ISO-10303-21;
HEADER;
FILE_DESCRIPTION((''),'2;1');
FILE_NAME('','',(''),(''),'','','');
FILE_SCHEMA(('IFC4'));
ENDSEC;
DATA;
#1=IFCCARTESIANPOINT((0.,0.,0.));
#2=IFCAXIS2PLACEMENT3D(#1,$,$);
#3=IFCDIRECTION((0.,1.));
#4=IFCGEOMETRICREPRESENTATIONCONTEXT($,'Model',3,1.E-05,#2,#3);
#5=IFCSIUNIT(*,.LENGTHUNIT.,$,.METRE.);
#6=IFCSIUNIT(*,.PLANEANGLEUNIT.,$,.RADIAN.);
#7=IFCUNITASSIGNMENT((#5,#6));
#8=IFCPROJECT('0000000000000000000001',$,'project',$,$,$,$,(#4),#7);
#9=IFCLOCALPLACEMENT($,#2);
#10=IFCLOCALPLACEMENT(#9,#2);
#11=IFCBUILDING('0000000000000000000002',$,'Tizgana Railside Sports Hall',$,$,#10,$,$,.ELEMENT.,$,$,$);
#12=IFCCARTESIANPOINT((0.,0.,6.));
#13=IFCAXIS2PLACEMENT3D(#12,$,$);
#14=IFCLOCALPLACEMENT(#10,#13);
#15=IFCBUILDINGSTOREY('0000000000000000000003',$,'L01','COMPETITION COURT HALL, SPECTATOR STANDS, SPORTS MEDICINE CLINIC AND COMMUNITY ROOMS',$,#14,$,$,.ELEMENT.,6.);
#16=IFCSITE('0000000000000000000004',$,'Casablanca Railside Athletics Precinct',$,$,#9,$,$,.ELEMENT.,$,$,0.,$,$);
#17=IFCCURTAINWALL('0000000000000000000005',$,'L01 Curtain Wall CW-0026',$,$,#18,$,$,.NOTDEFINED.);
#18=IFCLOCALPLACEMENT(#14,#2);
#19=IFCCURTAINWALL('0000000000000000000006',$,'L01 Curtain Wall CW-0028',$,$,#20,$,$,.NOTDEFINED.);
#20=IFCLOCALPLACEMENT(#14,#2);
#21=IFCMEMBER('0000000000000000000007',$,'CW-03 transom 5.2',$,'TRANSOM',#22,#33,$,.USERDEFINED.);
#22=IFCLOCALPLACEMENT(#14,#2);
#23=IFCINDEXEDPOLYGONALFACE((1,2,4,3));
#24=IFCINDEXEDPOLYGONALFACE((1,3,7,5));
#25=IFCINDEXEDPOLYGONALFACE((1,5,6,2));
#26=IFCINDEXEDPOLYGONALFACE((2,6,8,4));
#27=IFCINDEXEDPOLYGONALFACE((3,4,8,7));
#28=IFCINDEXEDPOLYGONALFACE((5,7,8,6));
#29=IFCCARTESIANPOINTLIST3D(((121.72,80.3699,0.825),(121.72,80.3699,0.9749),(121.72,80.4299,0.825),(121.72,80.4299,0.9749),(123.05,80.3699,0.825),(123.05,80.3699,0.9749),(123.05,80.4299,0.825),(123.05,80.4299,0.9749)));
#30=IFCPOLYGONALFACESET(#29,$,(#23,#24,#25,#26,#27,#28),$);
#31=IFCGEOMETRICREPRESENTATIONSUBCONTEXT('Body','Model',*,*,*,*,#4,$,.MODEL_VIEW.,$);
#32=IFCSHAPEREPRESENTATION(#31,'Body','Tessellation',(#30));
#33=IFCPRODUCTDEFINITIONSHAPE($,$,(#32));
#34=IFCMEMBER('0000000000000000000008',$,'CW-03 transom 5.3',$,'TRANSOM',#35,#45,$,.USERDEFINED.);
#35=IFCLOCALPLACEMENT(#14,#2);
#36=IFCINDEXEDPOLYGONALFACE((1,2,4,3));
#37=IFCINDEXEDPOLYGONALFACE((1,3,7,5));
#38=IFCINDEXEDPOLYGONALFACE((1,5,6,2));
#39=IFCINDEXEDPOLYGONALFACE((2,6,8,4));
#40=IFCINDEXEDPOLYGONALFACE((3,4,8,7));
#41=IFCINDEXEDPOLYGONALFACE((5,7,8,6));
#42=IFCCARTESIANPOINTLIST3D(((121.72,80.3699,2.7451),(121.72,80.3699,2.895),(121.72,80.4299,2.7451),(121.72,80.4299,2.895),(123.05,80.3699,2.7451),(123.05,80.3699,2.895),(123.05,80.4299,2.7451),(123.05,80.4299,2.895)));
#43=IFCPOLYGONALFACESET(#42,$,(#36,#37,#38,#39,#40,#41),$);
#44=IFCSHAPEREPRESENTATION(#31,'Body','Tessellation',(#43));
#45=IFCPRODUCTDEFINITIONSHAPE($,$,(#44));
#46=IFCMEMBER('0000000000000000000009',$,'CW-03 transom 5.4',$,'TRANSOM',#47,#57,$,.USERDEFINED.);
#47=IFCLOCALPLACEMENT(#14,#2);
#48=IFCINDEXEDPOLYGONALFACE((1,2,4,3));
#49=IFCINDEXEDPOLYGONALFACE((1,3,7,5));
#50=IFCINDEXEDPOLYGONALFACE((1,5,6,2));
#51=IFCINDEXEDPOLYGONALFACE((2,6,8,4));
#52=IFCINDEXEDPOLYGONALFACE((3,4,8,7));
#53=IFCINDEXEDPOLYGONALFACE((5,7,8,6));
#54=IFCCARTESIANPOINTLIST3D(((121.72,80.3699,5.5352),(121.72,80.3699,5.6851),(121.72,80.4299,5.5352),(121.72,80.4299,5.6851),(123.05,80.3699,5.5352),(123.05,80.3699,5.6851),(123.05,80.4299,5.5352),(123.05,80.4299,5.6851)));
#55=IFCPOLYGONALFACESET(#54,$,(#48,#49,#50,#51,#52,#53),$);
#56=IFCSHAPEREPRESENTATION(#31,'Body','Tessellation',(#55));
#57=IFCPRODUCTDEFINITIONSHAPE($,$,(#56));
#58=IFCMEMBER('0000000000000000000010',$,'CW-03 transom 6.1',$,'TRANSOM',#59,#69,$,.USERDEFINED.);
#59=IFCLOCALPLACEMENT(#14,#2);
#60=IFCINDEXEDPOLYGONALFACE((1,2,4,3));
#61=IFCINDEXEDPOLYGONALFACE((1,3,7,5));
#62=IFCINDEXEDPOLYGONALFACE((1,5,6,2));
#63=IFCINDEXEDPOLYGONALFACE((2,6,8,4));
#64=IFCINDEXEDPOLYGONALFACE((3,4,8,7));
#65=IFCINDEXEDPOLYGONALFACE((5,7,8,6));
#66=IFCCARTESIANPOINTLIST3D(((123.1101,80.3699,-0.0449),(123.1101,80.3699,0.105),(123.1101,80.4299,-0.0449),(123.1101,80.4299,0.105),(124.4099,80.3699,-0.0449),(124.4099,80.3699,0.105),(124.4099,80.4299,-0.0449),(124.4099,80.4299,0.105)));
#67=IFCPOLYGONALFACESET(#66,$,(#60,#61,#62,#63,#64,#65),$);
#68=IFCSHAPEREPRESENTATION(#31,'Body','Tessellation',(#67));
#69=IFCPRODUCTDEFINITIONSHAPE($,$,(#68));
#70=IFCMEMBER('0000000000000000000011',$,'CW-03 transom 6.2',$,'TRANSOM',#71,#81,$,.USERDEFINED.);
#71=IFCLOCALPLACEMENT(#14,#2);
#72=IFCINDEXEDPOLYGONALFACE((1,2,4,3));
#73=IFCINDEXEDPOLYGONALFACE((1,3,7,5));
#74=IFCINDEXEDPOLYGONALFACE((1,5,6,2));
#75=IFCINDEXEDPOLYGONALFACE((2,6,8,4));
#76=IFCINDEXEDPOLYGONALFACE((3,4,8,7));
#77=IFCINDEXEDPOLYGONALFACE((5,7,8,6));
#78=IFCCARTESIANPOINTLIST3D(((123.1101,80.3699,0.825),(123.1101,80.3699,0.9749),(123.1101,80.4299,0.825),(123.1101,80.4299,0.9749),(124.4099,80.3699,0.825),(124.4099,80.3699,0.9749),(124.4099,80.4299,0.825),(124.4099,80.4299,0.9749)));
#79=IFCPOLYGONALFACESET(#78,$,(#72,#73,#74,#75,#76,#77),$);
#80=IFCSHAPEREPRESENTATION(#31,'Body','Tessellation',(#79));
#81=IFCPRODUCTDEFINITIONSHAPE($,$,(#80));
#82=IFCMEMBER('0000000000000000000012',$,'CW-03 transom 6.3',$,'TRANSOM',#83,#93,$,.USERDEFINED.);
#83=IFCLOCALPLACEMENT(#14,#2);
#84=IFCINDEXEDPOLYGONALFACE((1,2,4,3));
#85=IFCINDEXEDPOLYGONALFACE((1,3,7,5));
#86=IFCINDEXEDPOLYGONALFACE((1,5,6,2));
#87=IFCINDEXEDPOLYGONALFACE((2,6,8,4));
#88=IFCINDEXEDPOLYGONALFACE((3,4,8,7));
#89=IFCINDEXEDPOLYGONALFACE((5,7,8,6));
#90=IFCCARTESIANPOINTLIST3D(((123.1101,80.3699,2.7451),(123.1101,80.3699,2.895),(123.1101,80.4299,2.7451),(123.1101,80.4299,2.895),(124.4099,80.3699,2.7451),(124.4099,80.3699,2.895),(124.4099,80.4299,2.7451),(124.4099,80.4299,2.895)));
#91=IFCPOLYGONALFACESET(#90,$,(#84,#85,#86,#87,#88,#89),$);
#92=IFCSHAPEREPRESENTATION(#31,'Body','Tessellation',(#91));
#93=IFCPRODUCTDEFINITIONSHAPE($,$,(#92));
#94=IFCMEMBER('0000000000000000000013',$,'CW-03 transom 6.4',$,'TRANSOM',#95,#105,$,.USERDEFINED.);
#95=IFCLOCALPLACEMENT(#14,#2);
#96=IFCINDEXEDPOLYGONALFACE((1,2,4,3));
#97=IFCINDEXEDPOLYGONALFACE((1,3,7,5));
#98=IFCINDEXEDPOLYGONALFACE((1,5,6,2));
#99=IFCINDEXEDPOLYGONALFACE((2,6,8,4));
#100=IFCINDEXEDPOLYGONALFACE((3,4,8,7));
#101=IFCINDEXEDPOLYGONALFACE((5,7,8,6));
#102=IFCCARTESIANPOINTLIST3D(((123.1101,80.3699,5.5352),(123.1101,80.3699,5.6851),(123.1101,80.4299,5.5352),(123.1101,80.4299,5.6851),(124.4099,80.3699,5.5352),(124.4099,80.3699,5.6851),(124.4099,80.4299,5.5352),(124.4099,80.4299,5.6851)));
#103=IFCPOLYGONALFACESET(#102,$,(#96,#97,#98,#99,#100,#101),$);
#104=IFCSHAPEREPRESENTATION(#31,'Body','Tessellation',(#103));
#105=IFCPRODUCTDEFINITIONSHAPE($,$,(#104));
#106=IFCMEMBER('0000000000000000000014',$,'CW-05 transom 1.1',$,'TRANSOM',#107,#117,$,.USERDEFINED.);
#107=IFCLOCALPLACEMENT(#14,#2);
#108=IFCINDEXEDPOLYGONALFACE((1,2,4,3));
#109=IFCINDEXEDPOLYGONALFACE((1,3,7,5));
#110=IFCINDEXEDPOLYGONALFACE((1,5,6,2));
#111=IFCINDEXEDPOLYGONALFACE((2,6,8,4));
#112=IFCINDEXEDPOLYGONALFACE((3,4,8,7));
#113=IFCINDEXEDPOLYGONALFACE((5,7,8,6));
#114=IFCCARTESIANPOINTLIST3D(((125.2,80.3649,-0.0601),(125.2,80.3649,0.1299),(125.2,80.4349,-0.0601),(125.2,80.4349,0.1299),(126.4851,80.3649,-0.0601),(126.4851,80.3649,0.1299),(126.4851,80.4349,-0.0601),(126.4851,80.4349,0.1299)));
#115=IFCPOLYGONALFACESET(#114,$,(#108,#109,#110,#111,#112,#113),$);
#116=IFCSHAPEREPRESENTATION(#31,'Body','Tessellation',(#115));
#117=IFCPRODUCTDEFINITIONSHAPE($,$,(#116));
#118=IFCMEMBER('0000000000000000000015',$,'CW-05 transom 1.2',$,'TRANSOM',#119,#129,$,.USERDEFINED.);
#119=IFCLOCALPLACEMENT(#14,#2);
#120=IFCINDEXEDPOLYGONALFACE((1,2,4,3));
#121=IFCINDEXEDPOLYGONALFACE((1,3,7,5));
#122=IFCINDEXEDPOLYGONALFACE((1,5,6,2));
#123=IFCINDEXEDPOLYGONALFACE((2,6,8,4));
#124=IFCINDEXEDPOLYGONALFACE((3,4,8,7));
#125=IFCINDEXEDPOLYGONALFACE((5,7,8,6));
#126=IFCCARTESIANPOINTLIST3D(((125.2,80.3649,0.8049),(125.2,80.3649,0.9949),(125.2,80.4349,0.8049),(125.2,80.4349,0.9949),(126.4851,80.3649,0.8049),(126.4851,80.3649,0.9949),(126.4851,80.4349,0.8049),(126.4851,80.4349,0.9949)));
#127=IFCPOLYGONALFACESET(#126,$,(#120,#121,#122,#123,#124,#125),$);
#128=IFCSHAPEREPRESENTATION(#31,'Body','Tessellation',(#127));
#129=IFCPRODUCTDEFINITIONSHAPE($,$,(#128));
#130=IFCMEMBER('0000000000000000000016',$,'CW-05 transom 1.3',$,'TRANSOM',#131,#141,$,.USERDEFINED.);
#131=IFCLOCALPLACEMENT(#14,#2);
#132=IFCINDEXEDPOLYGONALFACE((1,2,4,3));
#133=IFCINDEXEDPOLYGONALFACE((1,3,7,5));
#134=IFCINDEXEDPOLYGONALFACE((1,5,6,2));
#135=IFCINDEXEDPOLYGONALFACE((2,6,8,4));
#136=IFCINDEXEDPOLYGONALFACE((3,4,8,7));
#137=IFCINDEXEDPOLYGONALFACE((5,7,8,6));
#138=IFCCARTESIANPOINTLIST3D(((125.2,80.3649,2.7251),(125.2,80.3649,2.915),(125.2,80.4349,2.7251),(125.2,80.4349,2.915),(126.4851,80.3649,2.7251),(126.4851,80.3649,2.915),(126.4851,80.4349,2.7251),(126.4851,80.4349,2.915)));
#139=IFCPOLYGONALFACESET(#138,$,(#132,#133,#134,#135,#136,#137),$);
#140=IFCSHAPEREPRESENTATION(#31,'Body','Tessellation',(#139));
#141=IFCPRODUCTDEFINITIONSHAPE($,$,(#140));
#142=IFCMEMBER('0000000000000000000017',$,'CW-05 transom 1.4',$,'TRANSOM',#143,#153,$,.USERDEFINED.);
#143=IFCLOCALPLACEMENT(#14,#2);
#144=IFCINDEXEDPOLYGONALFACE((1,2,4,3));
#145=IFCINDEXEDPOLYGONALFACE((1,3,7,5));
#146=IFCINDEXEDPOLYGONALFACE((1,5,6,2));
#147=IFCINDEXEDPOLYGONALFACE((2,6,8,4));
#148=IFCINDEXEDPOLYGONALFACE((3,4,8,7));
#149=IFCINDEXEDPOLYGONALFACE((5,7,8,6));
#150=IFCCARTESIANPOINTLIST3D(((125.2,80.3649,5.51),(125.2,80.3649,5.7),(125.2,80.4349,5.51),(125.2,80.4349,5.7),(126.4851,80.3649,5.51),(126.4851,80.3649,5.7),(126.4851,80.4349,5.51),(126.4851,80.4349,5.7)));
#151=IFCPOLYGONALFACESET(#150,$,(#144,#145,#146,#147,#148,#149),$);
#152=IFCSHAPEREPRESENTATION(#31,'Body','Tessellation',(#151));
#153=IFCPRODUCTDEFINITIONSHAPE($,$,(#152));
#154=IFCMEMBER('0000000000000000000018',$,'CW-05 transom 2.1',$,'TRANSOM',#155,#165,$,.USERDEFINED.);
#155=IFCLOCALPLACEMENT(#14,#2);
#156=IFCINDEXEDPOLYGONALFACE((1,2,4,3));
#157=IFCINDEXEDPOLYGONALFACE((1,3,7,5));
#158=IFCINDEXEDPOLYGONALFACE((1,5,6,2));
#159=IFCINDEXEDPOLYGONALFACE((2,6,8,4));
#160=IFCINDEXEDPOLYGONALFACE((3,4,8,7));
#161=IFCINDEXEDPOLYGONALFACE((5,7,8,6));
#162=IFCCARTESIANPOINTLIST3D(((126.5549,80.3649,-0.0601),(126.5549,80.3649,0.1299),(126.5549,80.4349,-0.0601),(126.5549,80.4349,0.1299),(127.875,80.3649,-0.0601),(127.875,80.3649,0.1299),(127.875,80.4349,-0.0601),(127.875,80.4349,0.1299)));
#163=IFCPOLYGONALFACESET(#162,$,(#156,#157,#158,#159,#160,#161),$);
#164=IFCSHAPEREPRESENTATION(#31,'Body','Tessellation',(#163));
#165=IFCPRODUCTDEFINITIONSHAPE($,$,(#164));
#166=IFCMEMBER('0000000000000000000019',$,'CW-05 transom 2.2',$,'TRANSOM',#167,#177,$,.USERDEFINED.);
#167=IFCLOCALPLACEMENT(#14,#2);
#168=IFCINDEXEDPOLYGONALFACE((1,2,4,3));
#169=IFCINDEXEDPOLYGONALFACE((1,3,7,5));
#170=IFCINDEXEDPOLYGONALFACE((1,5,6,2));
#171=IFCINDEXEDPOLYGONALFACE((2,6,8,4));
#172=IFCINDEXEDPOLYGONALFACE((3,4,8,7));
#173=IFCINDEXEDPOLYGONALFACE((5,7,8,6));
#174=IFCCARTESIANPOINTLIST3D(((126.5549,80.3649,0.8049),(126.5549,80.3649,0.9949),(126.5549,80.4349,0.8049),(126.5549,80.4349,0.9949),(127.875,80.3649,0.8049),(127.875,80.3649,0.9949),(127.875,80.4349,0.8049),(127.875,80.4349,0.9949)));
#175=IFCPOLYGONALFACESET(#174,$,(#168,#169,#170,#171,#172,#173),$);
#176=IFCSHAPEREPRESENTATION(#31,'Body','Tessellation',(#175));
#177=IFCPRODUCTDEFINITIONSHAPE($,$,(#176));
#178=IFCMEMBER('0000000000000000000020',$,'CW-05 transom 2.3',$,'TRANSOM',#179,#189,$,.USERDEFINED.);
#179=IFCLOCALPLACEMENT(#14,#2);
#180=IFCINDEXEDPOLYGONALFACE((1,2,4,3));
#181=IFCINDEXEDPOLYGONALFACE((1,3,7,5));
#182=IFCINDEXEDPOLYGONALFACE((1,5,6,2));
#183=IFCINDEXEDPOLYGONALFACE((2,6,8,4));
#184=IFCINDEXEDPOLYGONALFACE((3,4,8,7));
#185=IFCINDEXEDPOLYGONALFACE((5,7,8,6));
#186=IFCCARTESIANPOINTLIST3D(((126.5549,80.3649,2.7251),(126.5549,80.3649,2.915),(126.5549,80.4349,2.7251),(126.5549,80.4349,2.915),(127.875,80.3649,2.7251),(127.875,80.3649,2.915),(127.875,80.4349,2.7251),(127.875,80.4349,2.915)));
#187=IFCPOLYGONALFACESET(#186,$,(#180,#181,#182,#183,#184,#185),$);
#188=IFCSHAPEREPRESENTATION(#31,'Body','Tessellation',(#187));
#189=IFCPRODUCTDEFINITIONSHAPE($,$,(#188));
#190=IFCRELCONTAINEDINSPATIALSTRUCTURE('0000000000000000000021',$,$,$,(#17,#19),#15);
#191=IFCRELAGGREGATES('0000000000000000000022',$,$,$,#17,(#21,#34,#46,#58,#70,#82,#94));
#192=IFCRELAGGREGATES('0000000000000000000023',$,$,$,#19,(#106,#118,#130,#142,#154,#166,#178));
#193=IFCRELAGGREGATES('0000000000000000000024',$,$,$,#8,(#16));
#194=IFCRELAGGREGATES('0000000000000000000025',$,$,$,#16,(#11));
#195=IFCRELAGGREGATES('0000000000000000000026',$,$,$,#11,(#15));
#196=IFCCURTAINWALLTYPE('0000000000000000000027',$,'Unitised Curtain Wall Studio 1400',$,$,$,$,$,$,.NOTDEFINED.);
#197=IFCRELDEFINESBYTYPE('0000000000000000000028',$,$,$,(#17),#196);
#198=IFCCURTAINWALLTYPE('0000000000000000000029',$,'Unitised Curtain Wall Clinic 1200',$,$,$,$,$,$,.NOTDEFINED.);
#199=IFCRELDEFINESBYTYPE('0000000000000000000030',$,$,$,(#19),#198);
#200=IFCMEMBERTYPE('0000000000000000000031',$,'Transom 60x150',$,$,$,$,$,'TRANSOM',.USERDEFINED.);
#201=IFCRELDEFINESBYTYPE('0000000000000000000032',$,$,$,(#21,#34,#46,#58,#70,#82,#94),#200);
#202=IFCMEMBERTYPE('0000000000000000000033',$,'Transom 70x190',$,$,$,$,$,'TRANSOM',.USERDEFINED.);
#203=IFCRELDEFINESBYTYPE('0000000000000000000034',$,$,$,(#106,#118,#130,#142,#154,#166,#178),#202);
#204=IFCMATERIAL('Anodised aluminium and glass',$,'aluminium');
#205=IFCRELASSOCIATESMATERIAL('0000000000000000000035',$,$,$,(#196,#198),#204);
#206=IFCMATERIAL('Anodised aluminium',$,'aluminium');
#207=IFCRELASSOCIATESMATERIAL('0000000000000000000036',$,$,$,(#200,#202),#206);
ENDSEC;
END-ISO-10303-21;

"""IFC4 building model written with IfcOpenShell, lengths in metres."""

from ifc_helpers import new_model, si_unit, direction, frame, origin, origin_2d, place, context, subcontext, project, spatial, rectangle, extrude, material, material_profile, profile_set, type_object, element, aggregate, save


model = new_model("IFC4")

# Units and contexts
model_context = context("Model", 3, precision=1e-05, world=origin(), true_north=direction((0.0, 1.0)))
body_context = subcontext(model_context, "Body", "Model", "MODEL_VIEW")
ifc_project = project(units=[si_unit("LENGTHUNIT", "METRE"), si_unit("PLANEANGLEUNIT", "RADIAN")], contexts=[model_context])

# Site, building, storey
site_placement = place(None, origin())
site = spatial("IfcSite", under=ifc_project, at=site_placement, Name="Casablanca Railside Athletics Precinct", CompositionType="ELEMENT", RefElevation=0.0)
building_placement = place(site_placement, origin())
building = spatial("IfcBuilding", under=site, at=building_placement, Name="Tizgana Railside Sports Hall", CompositionType="ELEMENT")
storey_placement = place(building_placement, frame((0.0, 0.0, 6.0)))
storey = spatial("IfcBuildingStorey", under=building, at=storey_placement, Name="L01", Description="COMPETITION COURT HALL, SPECTATOR STANDS, SPORTS MEDICINE CLINIC AND COMMUNITY ROOMS", CompositionType="ELEMENT", Elevation=6.0)

# Curtain walls
ifc_material_1 = material(Name="Anodised aluminium and glass", Category="aluminium")
curtain_wall_type_1 = type_object("IfcCurtainWallType", Name="Unitised Curtain Wall Studio 1400", PredefinedType="NOTDEFINED", material=ifc_material_1)
curtain_wall_1_placement = place(storey_placement, origin())
curtain_wall_1 = element("IfcCurtainWall", 1, at=curtain_wall_1_placement, inside=storey, type_object=curtain_wall_type_1, Name="L01 Curtain Wall CW-0026", PredefinedType="NOTDEFINED")
ifc_material_2 = material(Name="Anodised aluminium", Category="aluminium")
curtain_wall_type_2 = type_object("IfcCurtainWallType", Name="Unitised Curtain Wall Clinic 1200", PredefinedType="NOTDEFINED", material=ifc_material_1)
curtain_wall_2_placement = place(storey_placement, origin())
curtain_wall_2 = element("IfcCurtainWall", 2, at=curtain_wall_2_placement, inside=storey, type_object=curtain_wall_type_2, Name="L01 Curtain Wall CW-0028", PredefinedType="NOTDEFINED")

# Members
ifc_material_profile_1 = material_profile(ifc_material_2, rectangle(XDim=0.0601, YDim=0.1499, at=origin_2d()), Name="Transom 60x150")
ifc_profile_set_1 = profile_set([ifc_material_profile_1], Name="Anodised aluminium")
member_type_1 = type_object("IfcMemberType", Name="Transom 60x150", ElementType="TRANSOM", PredefinedType="USERDEFINED", material=ifc_profile_set_1)
member_1_placement = place(storey_placement, frame((121.72, 80.3999, 0.8999), z_axis=(1.0, 0.0, 0.0), x_axis=(0.0, 1.0, 0.0)))
member_1 = element("IfcMember", 3, at=member_1_placement, type_object=member_type_1, Name="CW-03 transom 5.2", ObjectType="TRANSOM", PredefinedType="USERDEFINED", context=body_context, shape_type="SweptSolid", body=[
    extrude(rectangle(XDim=0.0601, YDim=0.1499, at=origin_2d()), origin(), (0.0, 0.0, 1.0), 1.3301),
])
member_2_placement = place(storey_placement, frame((121.72, 80.3999, 2.8201), z_axis=(1.0, 0.0, 0.0), x_axis=(0.0, 1.0, 0.0)))
member_2 = element("IfcMember", 4, at=member_2_placement, type_object=member_type_1, Name="CW-03 transom 5.3", ObjectType="TRANSOM", PredefinedType="USERDEFINED", context=body_context, shape_type="SweptSolid", body=[
    extrude(rectangle(XDim=0.0601, YDim=0.1499, at=origin_2d()), origin(), (0.0, 0.0, 1.0), 1.3301),
])
member_3_placement = place(storey_placement, frame((121.72, 80.3999, 5.6101), z_axis=(1.0, 0.0, 0.0), x_axis=(0.0, 1.0, 0.0)))
member_3 = element("IfcMember", 5, at=member_3_placement, type_object=member_type_1, Name="CW-03 transom 5.4", ObjectType="TRANSOM", PredefinedType="USERDEFINED", context=body_context, shape_type="SweptSolid", body=[
    extrude(rectangle(XDim=0.0601, YDim=0.1499, at=origin_2d()), origin(), (0.0, 0.0, 1.0), 1.3301),
])
member_4_placement = place(storey_placement, frame((123.1101, 80.3999, 0.03), z_axis=(1.0, 0.0, 0.0), x_axis=(0.0, 1.0, 0.0)))
member_4 = element("IfcMember", 6, at=member_4_placement, type_object=member_type_1, Name="CW-03 transom 6.1", ObjectType="TRANSOM", PredefinedType="USERDEFINED", context=body_context, shape_type="SweptSolid", body=[
    extrude(rectangle(XDim=0.0601, YDim=0.1499, at=origin_2d()), origin(), (0.0, 0.0, 1.0), 1.2998),
])
member_5_placement = place(storey_placement, frame((123.1101, 80.3999, 0.8999), z_axis=(1.0, 0.0, 0.0), x_axis=(0.0, 1.0, 0.0)))
member_5 = element("IfcMember", 7, at=member_5_placement, type_object=member_type_1, Name="CW-03 transom 6.2", ObjectType="TRANSOM", PredefinedType="USERDEFINED", context=body_context, shape_type="SweptSolid", body=[
    extrude(rectangle(XDim=0.0601, YDim=0.1499, at=origin_2d()), origin(), (0.0, 0.0, 1.0), 1.2998),
])
member_6_placement = place(storey_placement, frame((123.1101, 80.3999, 2.8201), z_axis=(1.0, 0.0, 0.0), x_axis=(0.0, 1.0, 0.0)))
member_6 = element("IfcMember", 8, at=member_6_placement, type_object=member_type_1, Name="CW-03 transom 6.3", ObjectType="TRANSOM", PredefinedType="USERDEFINED", context=body_context, shape_type="SweptSolid", body=[
    extrude(rectangle(XDim=0.0601, YDim=0.1499, at=origin_2d()), origin(), (0.0, 0.0, 1.0), 1.2998),
])
member_7_placement = place(storey_placement, frame((123.1101, 80.3999, 5.6101), z_axis=(1.0, 0.0, 0.0), x_axis=(0.0, 1.0, 0.0)))
member_7 = element("IfcMember", 9, at=member_7_placement, type_object=member_type_1, Name="CW-03 transom 6.4", ObjectType="TRANSOM", PredefinedType="USERDEFINED", context=body_context, shape_type="SweptSolid", body=[
    extrude(rectangle(XDim=0.0601, YDim=0.1499, at=origin_2d()), origin(), (0.0, 0.0, 1.0), 1.2998),
])
ifc_material_profile_2 = material_profile(ifc_material_2, rectangle(XDim=0.0701, YDim=0.1899, at=origin_2d()), Name="Transom 70x190")
ifc_profile_set_2 = profile_set([ifc_material_profile_2], Name="Anodised aluminium")
member_type_2 = type_object("IfcMemberType", Name="Transom 70x190", ElementType="TRANSOM", PredefinedType="USERDEFINED", material=ifc_profile_set_2)
member_8_placement = place(storey_placement, frame((125.2, 80.3999, 0.0349), z_axis=(1.0, 0.0, 0.0), x_axis=(0.0, 1.0, 0.0)))
member_8 = element("IfcMember", 10, at=member_8_placement, type_object=member_type_2, Name="CW-05 transom 1.1", ObjectType="TRANSOM", PredefinedType="USERDEFINED", context=body_context, shape_type="SweptSolid", body=[
    extrude(rectangle(XDim=0.0701, YDim=0.1899, at=origin_2d()), origin(), (0.0, 0.0, 1.0), 1.2852),
])
member_9_placement = place(storey_placement, frame((125.2, 80.3999, 0.8999), z_axis=(1.0, 0.0, 0.0), x_axis=(0.0, 1.0, 0.0)))
member_9 = element("IfcMember", 11, at=member_9_placement, type_object=member_type_2, Name="CW-05 transom 1.2", ObjectType="TRANSOM", PredefinedType="USERDEFINED", context=body_context, shape_type="SweptSolid", body=[
    extrude(rectangle(XDim=0.0701, YDim=0.1899, at=origin_2d()), origin(), (0.0, 0.0, 1.0), 1.2852),
])
member_10_placement = place(storey_placement, frame((125.2, 80.3999, 2.8201), z_axis=(1.0, 0.0, 0.0), x_axis=(0.0, 1.0, 0.0)))
member_10 = element("IfcMember", 12, at=member_10_placement, type_object=member_type_2, Name="CW-05 transom 1.3", ObjectType="TRANSOM", PredefinedType="USERDEFINED", context=body_context, shape_type="SweptSolid", body=[
    extrude(rectangle(XDim=0.0701, YDim=0.1899, at=origin_2d()), origin(), (0.0, 0.0, 1.0), 1.2852),
])
member_11_placement = place(storey_placement, frame((125.2, 80.3999, 5.605), z_axis=(1.0, 0.0, 0.0), x_axis=(0.0, 1.0, 0.0)))
member_11 = element("IfcMember", 13, at=member_11_placement, type_object=member_type_2, Name="CW-05 transom 1.4", ObjectType="TRANSOM", PredefinedType="USERDEFINED", context=body_context, shape_type="SweptSolid", body=[
    extrude(rectangle(XDim=0.0701, YDim=0.1899, at=origin_2d()), origin(), (0.0, 0.0, 1.0), 1.2852),
])
member_12_placement = place(storey_placement, frame((126.5549, 80.3999, 0.0349), z_axis=(1.0, 0.0, 0.0), x_axis=(0.0, 1.0, 0.0)))
member_12 = element("IfcMember", 14, at=member_12_placement, type_object=member_type_2, Name="CW-05 transom 2.1", ObjectType="TRANSOM", PredefinedType="USERDEFINED", context=body_context, shape_type="SweptSolid", body=[
    extrude(rectangle(XDim=0.0701, YDim=0.1899, at=origin_2d()), origin(), (0.0, 0.0, 1.0), 1.3201),
])
member_13_placement = place(storey_placement, frame((126.5549, 80.3999, 0.8999), z_axis=(1.0, 0.0, 0.0), x_axis=(0.0, 1.0, 0.0)))
member_13 = element("IfcMember", 15, at=member_13_placement, type_object=member_type_2, Name="CW-05 transom 2.2", ObjectType="TRANSOM", PredefinedType="USERDEFINED", context=body_context, shape_type="SweptSolid", body=[
    extrude(rectangle(XDim=0.0701, YDim=0.1899, at=origin_2d()), origin(), (0.0, 0.0, 1.0), 1.3201),
])
member_14_placement = place(storey_placement, frame((126.5549, 80.3999, 2.8201), z_axis=(1.0, 0.0, 0.0), x_axis=(0.0, 1.0, 0.0)))
member_14 = element("IfcMember", 16, at=member_14_placement, type_object=member_type_2, Name="CW-05 transom 2.3", ObjectType="TRANSOM", PredefinedType="USERDEFINED", context=body_context, shape_type="SweptSolid", body=[
    extrude(rectangle(XDim=0.0701, YDim=0.1899, at=origin_2d()), origin(), (0.0, 0.0, 1.0), 1.3201),
])

aggregate(curtain_wall_1, [member_1, member_2, member_3, member_4, member_5, member_6, member_7])
aggregate(curtain_wall_2, [member_8, member_9, member_10, member_11, member_12, member_13, member_14])

save(model, "model.ifc")
